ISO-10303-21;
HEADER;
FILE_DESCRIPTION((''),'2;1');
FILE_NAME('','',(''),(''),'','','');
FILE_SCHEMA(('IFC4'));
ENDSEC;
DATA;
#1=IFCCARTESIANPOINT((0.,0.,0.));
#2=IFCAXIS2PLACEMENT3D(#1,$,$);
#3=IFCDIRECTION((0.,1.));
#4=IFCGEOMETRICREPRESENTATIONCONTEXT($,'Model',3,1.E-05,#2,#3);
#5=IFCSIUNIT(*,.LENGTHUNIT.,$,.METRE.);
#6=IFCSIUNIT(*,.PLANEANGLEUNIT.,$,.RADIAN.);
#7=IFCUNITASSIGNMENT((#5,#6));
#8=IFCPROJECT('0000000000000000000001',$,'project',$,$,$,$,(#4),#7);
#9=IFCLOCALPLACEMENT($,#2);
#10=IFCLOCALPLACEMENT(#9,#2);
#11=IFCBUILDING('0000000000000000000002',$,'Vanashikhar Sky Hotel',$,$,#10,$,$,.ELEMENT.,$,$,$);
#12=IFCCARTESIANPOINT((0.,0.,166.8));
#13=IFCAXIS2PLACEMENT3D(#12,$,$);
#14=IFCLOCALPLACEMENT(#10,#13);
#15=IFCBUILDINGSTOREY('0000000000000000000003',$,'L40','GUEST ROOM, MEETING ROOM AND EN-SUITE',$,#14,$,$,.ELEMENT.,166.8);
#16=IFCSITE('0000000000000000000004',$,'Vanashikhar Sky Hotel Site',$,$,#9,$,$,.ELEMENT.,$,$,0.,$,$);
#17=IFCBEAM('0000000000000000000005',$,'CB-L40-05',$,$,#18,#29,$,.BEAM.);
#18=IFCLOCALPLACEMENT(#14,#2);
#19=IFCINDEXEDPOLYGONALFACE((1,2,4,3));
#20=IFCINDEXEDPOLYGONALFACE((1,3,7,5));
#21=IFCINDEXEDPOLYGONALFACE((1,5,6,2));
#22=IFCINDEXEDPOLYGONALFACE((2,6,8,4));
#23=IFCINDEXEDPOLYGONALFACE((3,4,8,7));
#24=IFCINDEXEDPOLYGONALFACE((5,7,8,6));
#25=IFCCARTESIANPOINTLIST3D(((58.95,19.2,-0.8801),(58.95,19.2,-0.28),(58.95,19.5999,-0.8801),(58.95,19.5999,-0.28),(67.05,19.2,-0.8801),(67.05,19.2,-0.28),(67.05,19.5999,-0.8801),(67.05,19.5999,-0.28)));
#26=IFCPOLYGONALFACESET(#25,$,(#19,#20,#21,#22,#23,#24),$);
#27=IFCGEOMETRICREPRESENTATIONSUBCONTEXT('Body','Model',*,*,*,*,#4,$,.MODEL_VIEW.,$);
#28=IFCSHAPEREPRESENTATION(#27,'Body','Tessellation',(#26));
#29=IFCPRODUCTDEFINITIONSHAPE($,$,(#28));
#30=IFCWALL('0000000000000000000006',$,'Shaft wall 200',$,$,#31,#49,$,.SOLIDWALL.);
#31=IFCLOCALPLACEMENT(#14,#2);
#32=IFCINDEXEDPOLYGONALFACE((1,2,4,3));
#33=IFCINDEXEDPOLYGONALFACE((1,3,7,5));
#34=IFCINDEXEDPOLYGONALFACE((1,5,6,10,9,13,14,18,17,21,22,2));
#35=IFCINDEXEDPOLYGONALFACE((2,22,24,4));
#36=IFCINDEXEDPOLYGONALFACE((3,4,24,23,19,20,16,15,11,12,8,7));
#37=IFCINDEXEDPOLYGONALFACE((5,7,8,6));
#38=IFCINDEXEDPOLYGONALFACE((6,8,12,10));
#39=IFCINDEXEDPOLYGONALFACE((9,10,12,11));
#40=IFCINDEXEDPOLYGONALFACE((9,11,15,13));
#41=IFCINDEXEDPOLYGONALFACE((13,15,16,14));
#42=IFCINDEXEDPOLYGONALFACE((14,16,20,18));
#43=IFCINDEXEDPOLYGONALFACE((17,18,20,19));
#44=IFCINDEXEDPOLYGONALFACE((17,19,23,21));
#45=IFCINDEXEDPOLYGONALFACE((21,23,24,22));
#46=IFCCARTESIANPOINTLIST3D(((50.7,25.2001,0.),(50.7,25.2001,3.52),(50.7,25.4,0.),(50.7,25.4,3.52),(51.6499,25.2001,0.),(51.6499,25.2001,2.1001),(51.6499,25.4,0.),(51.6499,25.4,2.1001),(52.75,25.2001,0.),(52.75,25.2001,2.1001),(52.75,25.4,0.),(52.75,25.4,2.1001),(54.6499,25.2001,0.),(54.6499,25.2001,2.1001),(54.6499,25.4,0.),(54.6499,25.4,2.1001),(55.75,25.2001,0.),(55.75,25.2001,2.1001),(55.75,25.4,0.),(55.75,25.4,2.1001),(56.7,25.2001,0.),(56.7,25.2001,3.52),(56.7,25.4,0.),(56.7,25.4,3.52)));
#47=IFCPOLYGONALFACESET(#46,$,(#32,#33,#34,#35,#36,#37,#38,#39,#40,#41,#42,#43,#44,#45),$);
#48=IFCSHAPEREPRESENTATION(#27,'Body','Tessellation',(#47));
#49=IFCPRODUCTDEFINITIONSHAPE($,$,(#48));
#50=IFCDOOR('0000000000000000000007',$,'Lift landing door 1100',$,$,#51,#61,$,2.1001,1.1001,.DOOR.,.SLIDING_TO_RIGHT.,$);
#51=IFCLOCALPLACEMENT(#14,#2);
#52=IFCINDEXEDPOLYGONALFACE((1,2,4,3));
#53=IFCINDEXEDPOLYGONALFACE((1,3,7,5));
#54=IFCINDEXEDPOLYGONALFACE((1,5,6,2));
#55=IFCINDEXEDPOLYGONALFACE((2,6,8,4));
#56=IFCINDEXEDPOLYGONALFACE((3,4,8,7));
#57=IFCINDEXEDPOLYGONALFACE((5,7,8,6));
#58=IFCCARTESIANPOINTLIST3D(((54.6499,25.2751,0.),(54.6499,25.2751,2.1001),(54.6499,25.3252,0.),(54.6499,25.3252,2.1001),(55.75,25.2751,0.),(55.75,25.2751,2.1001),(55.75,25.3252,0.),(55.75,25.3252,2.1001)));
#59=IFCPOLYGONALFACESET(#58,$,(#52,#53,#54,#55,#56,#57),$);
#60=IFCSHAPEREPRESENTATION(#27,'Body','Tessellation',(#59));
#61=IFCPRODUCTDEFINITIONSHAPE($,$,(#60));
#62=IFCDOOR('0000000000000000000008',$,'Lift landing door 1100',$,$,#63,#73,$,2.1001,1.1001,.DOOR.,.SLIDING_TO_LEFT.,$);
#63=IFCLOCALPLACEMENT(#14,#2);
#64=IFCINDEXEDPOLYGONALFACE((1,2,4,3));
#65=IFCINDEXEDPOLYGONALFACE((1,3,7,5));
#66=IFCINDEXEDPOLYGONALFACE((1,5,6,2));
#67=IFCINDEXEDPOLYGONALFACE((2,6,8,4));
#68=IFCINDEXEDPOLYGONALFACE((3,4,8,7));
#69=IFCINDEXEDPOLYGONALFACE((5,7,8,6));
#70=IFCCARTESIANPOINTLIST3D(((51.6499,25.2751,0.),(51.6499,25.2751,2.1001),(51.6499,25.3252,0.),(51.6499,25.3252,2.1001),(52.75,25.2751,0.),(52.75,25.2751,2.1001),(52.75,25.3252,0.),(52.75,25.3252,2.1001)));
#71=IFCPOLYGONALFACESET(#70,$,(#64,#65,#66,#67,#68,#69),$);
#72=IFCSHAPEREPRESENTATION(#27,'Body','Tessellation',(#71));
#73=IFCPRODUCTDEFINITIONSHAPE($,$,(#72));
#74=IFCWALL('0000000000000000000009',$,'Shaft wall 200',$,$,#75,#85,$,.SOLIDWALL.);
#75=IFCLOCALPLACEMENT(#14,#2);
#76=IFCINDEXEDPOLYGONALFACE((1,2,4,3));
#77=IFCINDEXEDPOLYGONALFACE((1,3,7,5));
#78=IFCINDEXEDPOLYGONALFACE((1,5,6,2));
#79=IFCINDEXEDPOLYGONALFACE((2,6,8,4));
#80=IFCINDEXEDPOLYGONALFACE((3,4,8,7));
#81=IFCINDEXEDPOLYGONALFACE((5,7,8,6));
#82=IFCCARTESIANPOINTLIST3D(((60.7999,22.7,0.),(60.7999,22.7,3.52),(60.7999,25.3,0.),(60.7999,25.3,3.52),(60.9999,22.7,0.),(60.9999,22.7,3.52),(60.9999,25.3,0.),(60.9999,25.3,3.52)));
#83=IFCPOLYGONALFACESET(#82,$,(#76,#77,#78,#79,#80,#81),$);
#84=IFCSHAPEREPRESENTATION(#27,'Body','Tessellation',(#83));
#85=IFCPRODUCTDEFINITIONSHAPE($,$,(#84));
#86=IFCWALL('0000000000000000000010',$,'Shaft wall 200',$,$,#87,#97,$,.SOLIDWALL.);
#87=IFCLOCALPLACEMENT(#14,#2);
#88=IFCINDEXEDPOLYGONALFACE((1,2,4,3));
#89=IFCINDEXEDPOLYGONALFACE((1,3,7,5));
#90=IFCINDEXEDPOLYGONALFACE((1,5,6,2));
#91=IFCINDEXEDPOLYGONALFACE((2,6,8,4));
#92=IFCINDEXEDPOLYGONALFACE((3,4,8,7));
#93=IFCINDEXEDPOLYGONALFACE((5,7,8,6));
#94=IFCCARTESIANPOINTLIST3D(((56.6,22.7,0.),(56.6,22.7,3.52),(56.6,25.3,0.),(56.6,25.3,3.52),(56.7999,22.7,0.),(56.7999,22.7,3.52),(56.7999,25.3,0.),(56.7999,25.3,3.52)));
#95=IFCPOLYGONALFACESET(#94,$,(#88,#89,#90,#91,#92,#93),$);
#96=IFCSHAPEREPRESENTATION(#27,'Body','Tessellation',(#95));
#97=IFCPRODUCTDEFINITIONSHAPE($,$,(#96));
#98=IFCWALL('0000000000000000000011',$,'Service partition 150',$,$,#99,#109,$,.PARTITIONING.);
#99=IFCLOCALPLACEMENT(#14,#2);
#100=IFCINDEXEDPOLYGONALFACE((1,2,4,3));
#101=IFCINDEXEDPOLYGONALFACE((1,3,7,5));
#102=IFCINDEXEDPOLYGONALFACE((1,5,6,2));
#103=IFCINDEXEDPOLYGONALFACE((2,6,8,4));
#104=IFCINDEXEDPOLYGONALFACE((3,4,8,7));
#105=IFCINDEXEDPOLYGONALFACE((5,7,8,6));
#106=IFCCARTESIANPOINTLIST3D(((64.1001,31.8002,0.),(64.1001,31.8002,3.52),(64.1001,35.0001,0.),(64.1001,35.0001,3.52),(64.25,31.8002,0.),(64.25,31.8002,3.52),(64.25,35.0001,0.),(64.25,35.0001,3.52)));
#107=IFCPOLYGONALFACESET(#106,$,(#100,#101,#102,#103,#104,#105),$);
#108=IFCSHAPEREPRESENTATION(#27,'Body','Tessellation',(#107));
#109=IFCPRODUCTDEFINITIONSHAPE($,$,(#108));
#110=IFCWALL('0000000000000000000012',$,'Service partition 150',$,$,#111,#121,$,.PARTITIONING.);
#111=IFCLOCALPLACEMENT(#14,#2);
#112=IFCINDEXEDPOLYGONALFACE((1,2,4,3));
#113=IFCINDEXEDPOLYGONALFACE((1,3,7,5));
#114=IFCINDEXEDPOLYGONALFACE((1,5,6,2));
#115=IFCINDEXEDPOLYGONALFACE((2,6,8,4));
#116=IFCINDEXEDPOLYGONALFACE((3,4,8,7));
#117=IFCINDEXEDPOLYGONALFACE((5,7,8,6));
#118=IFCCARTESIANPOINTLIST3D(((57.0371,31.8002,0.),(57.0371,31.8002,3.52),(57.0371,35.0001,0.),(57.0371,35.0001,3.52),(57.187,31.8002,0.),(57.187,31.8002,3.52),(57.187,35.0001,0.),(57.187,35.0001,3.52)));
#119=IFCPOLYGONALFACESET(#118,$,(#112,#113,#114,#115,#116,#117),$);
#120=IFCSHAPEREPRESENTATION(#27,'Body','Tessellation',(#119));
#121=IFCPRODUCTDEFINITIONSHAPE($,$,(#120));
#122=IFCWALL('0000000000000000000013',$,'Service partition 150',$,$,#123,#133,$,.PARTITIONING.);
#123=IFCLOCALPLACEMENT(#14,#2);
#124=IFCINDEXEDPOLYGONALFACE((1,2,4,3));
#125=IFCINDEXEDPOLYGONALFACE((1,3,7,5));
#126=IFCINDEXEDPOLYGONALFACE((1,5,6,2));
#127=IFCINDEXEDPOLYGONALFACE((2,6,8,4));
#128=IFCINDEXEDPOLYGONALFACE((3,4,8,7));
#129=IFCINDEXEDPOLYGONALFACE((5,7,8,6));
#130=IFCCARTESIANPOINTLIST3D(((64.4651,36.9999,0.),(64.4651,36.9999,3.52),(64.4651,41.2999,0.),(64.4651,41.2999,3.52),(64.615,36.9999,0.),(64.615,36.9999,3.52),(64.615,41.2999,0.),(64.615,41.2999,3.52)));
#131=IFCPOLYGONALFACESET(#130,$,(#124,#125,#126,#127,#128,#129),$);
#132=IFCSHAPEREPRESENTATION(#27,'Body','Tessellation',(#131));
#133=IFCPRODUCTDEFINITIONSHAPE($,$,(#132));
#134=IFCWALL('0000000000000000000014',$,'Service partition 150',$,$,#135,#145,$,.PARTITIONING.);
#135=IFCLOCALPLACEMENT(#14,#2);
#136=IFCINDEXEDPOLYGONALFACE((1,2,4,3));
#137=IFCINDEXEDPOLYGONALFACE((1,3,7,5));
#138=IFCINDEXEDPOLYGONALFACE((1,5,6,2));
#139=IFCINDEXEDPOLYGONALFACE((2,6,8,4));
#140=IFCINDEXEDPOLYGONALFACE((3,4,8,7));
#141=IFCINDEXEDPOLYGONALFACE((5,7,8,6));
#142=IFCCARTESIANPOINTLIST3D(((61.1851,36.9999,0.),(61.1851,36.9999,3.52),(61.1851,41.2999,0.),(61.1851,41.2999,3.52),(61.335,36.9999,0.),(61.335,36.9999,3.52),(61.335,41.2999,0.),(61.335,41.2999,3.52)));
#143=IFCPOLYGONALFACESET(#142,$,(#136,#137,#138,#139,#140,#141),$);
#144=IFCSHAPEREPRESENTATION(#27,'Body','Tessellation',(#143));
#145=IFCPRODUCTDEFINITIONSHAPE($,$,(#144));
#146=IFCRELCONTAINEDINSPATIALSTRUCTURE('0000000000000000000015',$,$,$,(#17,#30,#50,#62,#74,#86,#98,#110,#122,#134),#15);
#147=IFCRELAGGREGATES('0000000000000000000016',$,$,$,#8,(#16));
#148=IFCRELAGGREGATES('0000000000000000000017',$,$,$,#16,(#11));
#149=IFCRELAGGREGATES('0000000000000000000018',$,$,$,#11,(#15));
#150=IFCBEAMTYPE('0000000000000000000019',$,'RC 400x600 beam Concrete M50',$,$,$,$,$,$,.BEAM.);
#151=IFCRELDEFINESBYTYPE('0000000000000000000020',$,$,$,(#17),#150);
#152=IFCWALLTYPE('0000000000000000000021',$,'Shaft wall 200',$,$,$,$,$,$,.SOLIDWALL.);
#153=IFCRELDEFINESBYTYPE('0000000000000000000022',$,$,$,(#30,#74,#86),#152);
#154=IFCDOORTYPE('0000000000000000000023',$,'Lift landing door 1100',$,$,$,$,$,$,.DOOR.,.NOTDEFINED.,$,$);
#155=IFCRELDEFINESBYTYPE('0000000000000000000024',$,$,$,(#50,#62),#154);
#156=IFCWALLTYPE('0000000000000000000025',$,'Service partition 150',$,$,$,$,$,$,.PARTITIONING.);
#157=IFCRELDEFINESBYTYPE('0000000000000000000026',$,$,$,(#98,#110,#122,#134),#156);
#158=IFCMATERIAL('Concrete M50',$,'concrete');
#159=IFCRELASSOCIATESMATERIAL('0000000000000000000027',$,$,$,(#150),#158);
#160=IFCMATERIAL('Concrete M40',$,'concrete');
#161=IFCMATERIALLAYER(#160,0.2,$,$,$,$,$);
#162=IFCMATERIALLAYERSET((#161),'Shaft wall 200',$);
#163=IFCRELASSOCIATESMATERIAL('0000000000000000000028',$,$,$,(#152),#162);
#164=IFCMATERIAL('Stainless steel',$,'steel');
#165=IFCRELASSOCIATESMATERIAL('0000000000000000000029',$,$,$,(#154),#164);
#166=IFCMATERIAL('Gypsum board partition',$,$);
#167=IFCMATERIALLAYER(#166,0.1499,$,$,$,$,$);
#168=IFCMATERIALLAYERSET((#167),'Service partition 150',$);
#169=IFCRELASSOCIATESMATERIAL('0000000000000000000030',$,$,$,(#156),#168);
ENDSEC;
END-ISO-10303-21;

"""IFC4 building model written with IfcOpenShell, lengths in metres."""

from ifc_helpers import new_model, si_unit, direction, frame, frame_2d, origin, origin_2d, place, context, subcontext, project, spatial, rectangle, extrude, source, transform, mapped, material, layer, layer_set, material_profile, profile_set, type_object, element, fill, save


model = new_model("IFC4")

# Units and contexts
model_context = context("Model", 3, precision=1e-05, world=origin(), true_north=direction((0.0, 1.0)))
body_context = subcontext(model_context, "Body", "Model", "MODEL_VIEW")
ifc_project = project(units=[si_unit("LENGTHUNIT", "METRE"), si_unit("PLANEANGLEUNIT", "RADIAN")], contexts=[model_context])

# Site, building, storey
site_placement = place(None, origin())
site = spatial("IfcSite", under=ifc_project, at=site_placement, Name="Vanashikhar Sky Hotel Site", CompositionType="ELEMENT", RefElevation=0.0)
building_placement = place(site_placement, origin())
building = spatial("IfcBuilding", under=site, at=building_placement, Name="Vanashikhar Sky Hotel", CompositionType="ELEMENT")
storey_placement = place(building_placement, frame((0.0, 0.0, 166.8)))
storey = spatial("IfcBuildingStorey", under=building, at=storey_placement, Name="L40", Description="GUEST ROOM, MEETING ROOM AND EN-SUITE", CompositionType="ELEMENT", Elevation=166.8)

# Beam
ifc_material_1 = material(Name="Concrete M50", Category="concrete")
ifc_material_profile = material_profile(ifc_material_1, rectangle(XDim=0.3999, YDim=0.6001, at=origin_2d()))
ifc_profile_set = profile_set([ifc_material_profile], Name="RC 400x600 beam Concrete M50")
beam_type = type_object("IfcBeamType", Name="RC 400x600 beam Concrete M50", PredefinedType="BEAM", material=ifc_profile_set)
shared_shape_1 = source(origin(), body_context, "Body", "SweptSolid", [
    extrude(rectangle(XDim=0.3999, YDim=0.6001, at=origin_2d()), origin(), (0.0, 0.0, 1.0), 8.1001),
])
beam_placement = place(storey_placement, frame((58.95, 19.3999, -0.5801), z_axis=(1.0, 0.0, 0.0), x_axis=(0.0, 1.0, 0.0)))
element("IfcBeam", 1, at=beam_placement, inside=storey, type_object=beam_type, Name="CB-L40-05", PredefinedType="BEAM", context=body_context, shape_type="MappedRepresentation", body=[
    mapped(shared_shape_1, transform((0.0, 0.0, 0.0), scale=1.0)),
])

# Wall, openings, doors
ifc_material_2 = material(Name="Concrete M40", Category="concrete")
ifc_layer_1 = layer(ifc_material_2, 0.2)
ifc_layer_set_1 = layer_set([ifc_layer_1], Name="Shaft wall 200")
wall_type_1 = type_object("IfcWallType", Name="Shaft wall 200", PredefinedType="SOLIDWALL", material=ifc_layer_set_1)
shared_shape_2 = source(origin(), body_context, "Body", "SweptSolid", [
    extrude(rectangle(XDim=6.0, YDim=0.2, at=frame_2d((3.0, 0.0))), origin(), (0.0, 0.0, 1.0), 3.52),
])
wall_1_placement = place(storey_placement, frame((56.7, 25.3, 0.0), z_axis=(0.0, 0.0, 1.0), x_axis=(-1.0, 0.0, 0.0)))
wall_1 = element("IfcWall", 2, at=wall_1_placement, inside=storey, type_object=wall_type_1, Name="Shaft wall 200", PredefinedType="SOLIDWALL", context=body_context, shape_type="MappedRepresentation", body=[
    mapped(shared_shape_2, transform((0.0, 0.0, 0.0), scale=1.0)),
])
shared_shape_3 = source(origin(), body_context, "Body", "SweptSolid", [
    extrude(rectangle(XDim=1.1001, YDim=2.1001, at=frame_2d((0.55, 1.05))), frame((0.0, 0.1099, 0.0), z_axis=(0.0, -1.0, 0.0), x_axis=(1.0, 0.0, 0.0)), (0.0, 0.0, 1.0), 0.22),
])
opening_1_placement = place(wall_1_placement, frame((0.95, 0.0, 0.0)))
opening_1 = element("IfcOpeningElement", 3, at=opening_1_placement, cuts=wall_1, PredefinedType="OPENING", context=body_context, shape_type="MappedRepresentation", body=[
    mapped(shared_shape_3, transform((0.0, 0.0, 0.0), scale=1.0)),
])
opening_2_placement = place(wall_1_placement, frame((3.95, 0.0, 0.0)))
opening_2 = element("IfcOpeningElement", 4, at=opening_2_placement, cuts=wall_1, PredefinedType="OPENING", context=body_context, shape_type="MappedRepresentation", body=[
    mapped(shared_shape_3, transform((0.0, 0.0, 0.0), scale=1.0)),
])
ifc_material_3 = material(Name="Stainless steel", Category="steel")
door_type_1 = type_object("IfcDoorType", Name="Lift landing door 1100", OperationType="NOTDEFINED", PredefinedType="DOOR", material=ifc_material_3)
shared_shape_4 = source(origin(), body_context, "Body", "SweptSolid", [
    extrude(rectangle(XDim=1.1001, YDim=2.1001, at=frame_2d((0.55, 1.05))), frame((0.0, 0.0249, 0.0), z_axis=(0.0, -1.0, 0.0), x_axis=(1.0, 0.0, 0.0)), (0.0, 0.0, 1.0), 0.05),
])
door_1_placement = place(opening_1_placement, origin())
door_1 = element("IfcDoor", 5, at=door_1_placement, inside=storey, type_object=door_type_1, Name="Lift landing door 1100", OperationType="SLIDING_TO_RIGHT", OverallHeight=2.1001, OverallWidth=1.1001, PredefinedType="DOOR", context=body_context, shape_type="MappedRepresentation", body=[
    mapped(shared_shape_4, transform((0.0, 0.0, 0.0), scale=1.0)),
])
fill(opening_1, door_1)
door_2_placement = place(opening_2_placement, origin())
door_2 = element("IfcDoor", 6, at=door_2_placement, inside=storey, type_object=door_type_1, Name="Lift landing door 1100", OperationType="SLIDING_TO_LEFT", OverallHeight=2.1001, OverallWidth=1.1001, PredefinedType="DOOR", context=body_context, shape_type="MappedRepresentation", body=[
    mapped(shared_shape_4, transform((0.0, 0.0, 0.0), scale=1.0)),
])
fill(opening_2, door_2)

# Walls
shared_shape_5 = source(origin(), body_context, "Body", "SweptSolid", [
    extrude(rectangle(XDim=2.6001, YDim=0.2, at=frame_2d((1.3, 0.0))), origin(), (0.0, 0.0, 1.0), 3.52),
])
for number, where, z_axis, x_axis, name in (
    (7, (60.8999, 22.7, 0.0), (0.0, 0.0, 1.0), (0.0, 1.0, 0.0), "Shaft wall 200"),
    (8, (56.7, 22.7, 0.0), (0.0, 0.0, 1.0), (0.0, 1.0, 0.0), "Shaft wall 200"),
):
    element("IfcWall", number, at=place(storey_placement, frame(where, z_axis=z_axis, x_axis=x_axis)), inside=storey, type_object=wall_type_1, Name=name, PredefinedType="SOLIDWALL", context=body_context, shape_type="MappedRepresentation", body=[
        mapped(shared_shape_5, transform((0.0, 0.0, 0.0), scale=1.0)),
    ])
ifc_material_4 = material(Name="Gypsum board partition")
ifc_layer_2 = layer(ifc_material_4, 0.1499)
ifc_layer_set_2 = layer_set([ifc_layer_2], Name="Service partition 150")
wall_type_2 = type_object("IfcWallType", Name="Service partition 150", PredefinedType="PARTITIONING", material=ifc_layer_set_2)
shared_shape_6 = source(origin(), body_context, "Body", "SweptSolid", [
    extrude(rectangle(XDim=3.2, YDim=0.1499, at=frame_2d((1.6001, 0.0))), origin(), (0.0, 0.0, 1.0), 3.52),
])
for number, where, z_axis, x_axis, name in (
    (9, (64.175, 31.8, 0.0), (0.0, 0.0, 1.0), (0.0, 1.0, 0.0), "Service partition 150"),
    (10, (57.1121, 31.8, 0.0), (0.0, 0.0, 1.0), (0.0, 1.0, 0.0), "Service partition 150"),
):
    element("IfcWall", number, at=place(storey_placement, frame(where, z_axis=z_axis, x_axis=x_axis)), inside=storey, type_object=wall_type_2, Name=name, PredefinedType="PARTITIONING", context=body_context, shape_type="MappedRepresentation", body=[
        mapped(shared_shape_6, transform((0.0, 0.0, 0.0), scale=1.0)),
    ])
shared_shape_7 = source(origin(), body_context, "Body", "SweptSolid", [
    extrude(rectangle(XDim=4.3, YDim=0.1499, at=frame_2d((2.1499, 0.0))), origin(), (0.0, 0.0, 1.0), 3.52),
])
for number, where, z_axis, x_axis, name in (
    (11, (64.54, 37.0, 0.0), (0.0, 0.0, 1.0), (0.0, 1.0, 0.0), "Service partition 150"),
    (12, (61.26, 37.0, 0.0), (0.0, 0.0, 1.0), (0.0, 1.0, 0.0), "Service partition 150"),
):
    element("IfcWall", number, at=place(storey_placement, frame(where, z_axis=z_axis, x_axis=x_axis)), inside=storey, type_object=wall_type_2, Name=name, PredefinedType="PARTITIONING", context=body_context, shape_type="MappedRepresentation", body=[
        mapped(shared_shape_7, transform((0.0, 0.0, 0.0), scale=1.0)),
    ])

save(model, "model.ifc")
